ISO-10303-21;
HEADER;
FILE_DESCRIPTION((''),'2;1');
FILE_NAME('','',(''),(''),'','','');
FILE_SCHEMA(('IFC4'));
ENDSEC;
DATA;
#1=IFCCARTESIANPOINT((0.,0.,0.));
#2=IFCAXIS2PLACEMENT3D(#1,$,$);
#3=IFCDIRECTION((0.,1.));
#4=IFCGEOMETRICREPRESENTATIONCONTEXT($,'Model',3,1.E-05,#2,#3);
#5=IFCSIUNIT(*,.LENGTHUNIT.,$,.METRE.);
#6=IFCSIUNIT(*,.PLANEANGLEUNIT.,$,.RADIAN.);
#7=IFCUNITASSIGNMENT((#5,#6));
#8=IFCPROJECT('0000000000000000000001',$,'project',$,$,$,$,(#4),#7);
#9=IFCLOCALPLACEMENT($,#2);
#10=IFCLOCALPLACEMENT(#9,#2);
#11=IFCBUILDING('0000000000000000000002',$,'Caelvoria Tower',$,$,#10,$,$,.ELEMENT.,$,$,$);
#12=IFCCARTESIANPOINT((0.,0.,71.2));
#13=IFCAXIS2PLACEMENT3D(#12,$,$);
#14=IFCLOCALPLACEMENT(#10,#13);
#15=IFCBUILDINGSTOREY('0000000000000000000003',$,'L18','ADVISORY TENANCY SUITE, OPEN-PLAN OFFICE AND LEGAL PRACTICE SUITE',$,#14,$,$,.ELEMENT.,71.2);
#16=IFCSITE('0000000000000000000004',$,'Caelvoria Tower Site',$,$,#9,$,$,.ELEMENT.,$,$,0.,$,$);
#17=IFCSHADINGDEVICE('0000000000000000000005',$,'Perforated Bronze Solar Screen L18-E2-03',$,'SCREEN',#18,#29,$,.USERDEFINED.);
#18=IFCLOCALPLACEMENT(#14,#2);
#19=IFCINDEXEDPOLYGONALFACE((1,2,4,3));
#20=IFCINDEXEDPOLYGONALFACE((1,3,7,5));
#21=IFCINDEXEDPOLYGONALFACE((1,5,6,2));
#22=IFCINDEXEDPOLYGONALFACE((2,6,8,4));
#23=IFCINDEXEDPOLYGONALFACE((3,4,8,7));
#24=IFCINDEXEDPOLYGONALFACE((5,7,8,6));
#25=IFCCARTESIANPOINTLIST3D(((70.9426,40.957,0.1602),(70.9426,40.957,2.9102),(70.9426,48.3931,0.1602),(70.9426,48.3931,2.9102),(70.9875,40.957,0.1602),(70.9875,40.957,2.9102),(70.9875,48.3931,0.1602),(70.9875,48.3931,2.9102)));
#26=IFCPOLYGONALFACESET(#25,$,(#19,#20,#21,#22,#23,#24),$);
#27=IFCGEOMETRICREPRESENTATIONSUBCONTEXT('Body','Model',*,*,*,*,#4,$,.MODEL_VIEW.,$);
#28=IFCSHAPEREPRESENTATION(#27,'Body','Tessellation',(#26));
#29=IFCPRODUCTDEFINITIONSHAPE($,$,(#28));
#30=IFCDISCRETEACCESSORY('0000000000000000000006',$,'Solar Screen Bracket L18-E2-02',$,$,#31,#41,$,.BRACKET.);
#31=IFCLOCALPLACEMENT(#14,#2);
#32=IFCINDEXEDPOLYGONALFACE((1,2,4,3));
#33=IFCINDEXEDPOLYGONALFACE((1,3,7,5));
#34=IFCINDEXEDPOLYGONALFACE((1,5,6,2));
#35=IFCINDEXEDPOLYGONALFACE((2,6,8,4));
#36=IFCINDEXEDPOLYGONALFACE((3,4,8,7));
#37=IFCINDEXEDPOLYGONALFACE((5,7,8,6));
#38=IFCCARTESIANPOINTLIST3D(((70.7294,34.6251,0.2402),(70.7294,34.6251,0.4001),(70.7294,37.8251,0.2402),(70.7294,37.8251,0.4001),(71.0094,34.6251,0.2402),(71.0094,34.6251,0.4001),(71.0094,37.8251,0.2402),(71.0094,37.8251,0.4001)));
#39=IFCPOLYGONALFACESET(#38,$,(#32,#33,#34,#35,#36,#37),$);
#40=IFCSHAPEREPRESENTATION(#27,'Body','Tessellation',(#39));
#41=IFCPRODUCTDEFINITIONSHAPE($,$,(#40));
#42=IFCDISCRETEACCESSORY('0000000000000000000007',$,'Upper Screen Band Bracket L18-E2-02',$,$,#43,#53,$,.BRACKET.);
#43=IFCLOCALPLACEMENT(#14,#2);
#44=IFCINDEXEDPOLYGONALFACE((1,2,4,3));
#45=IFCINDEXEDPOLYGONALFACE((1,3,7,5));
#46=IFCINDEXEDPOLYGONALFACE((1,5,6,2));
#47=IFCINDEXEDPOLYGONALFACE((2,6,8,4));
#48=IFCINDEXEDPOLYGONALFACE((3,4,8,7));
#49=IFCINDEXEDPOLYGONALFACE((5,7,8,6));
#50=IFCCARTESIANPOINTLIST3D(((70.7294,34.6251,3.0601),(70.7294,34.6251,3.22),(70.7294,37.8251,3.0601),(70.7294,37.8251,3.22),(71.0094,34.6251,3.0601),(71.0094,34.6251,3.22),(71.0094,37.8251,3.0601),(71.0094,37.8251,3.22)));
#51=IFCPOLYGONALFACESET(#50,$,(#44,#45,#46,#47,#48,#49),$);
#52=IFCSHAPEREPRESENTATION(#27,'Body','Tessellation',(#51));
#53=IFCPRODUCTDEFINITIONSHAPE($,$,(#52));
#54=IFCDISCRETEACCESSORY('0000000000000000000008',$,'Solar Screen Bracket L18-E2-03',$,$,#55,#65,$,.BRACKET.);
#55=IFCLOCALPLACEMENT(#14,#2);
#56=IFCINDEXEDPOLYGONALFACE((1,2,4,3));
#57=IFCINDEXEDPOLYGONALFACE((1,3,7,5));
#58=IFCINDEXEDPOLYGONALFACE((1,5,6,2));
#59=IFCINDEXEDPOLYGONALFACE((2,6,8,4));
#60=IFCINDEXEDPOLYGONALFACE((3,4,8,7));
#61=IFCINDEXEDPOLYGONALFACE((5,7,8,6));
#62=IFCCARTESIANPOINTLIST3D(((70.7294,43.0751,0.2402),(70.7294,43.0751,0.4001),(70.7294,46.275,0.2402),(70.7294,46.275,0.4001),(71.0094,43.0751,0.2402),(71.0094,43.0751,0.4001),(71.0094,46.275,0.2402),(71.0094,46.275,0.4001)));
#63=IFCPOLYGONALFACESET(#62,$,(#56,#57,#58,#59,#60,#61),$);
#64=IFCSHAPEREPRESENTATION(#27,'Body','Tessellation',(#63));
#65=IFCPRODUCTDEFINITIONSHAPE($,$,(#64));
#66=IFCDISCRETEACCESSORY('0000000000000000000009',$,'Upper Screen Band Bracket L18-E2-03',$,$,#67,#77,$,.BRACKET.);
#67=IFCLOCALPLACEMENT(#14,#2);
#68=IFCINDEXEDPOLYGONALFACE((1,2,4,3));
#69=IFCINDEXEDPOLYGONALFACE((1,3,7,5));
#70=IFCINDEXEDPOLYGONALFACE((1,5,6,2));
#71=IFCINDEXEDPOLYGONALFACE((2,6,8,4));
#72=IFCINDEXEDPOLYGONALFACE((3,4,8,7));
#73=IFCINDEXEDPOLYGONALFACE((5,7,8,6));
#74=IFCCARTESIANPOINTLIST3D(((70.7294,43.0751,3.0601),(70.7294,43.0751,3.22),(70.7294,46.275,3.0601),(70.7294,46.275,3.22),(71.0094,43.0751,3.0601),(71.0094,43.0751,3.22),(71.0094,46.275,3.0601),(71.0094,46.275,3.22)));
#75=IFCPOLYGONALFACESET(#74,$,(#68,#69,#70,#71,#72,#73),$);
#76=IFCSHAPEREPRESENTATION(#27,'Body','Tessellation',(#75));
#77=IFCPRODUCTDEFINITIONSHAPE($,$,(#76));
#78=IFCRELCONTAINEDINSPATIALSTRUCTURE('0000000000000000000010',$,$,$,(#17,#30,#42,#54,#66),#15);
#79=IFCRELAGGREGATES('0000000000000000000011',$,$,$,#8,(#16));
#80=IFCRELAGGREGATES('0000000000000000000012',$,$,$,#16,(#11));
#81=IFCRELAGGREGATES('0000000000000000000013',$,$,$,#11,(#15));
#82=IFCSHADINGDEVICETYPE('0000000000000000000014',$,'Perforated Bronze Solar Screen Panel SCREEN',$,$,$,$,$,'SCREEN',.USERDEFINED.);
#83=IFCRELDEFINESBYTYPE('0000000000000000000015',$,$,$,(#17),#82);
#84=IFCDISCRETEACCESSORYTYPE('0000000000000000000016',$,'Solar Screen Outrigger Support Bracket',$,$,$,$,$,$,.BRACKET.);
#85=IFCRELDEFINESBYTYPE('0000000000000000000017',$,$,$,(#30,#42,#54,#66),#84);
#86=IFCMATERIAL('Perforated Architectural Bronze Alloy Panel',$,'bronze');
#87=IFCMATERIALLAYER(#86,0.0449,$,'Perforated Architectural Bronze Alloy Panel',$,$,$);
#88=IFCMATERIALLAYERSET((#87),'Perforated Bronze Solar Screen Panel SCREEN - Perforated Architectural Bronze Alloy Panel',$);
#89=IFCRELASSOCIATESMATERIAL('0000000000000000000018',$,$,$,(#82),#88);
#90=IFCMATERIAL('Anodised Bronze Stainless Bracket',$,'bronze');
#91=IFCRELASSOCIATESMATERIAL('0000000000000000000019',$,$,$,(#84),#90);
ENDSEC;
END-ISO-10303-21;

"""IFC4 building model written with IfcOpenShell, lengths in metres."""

from ifc_helpers import new_model, si_unit, direction, frame, origin, origin_2d, place, context, subcontext, project, spatial, rectangle, extrude, material, layer, layer_set, type_object, element, save


model = new_model("IFC4")

# Units and contexts
model_context = context("Model", 3, precision=1e-05, world=origin(), true_north=direction((0.0, 1.0)))
body_context = subcontext(model_context, "Body", "Model", "MODEL_VIEW")
ifc_project = project(units=[si_unit("LENGTHUNIT", "METRE"), si_unit("PLANEANGLEUNIT", "RADIAN")], contexts=[model_context])

# Site, building, storey
site_placement = place(None, origin())
site = spatial("IfcSite", under=ifc_project, at=site_placement, Name="Caelvoria Tower Site", CompositionType="ELEMENT", RefElevation=0.0)
building_placement = place(site_placement, origin())
building = spatial("IfcBuilding", under=site, at=building_placement, Name="Caelvoria Tower", CompositionType="ELEMENT")
storey_placement = place(building_placement, frame((0.0, 0.0, 71.2)))
storey = spatial("IfcBuildingStorey", under=building, at=storey_placement, Name="L18", Description="ADVISORY TENANCY SUITE, OPEN-PLAN OFFICE AND LEGAL PRACTICE SUITE", CompositionType="ELEMENT", Elevation=71.2)

# Shading device
ifc_material_1 = material(Name="Perforated Architectural Bronze Alloy Panel", Category="bronze")
ifc_layer_1 = layer(ifc_material_1, 0.0449, Name="Perforated Architectural Bronze Alloy Panel")
ifc_layer_set_1 = layer_set([ifc_layer_1], Name="Perforated Bronze Solar Screen Panel SCREEN - Perforated Architectural Bronze Alloy Panel")
shading_device_type = type_object("IfcShadingDeviceType", Name="Perforated Bronze Solar Screen Panel SCREEN", ElementType="SCREEN", PredefinedType="USERDEFINED", material=ifc_layer_set_1)
for number, where, z_axis, x_axis, name in (
    (1, (70.9651, 44.675, 0.1602), (0.0, 0.0, 1.0), (0.0, 1.0, 0.0), "Perforated Bronze Solar Screen L18-E2-03"),
):
    element("IfcShadingDevice", number, at=place(storey_placement, frame(where, z_axis=z_axis, x_axis=x_axis)), inside=storey, type_object=shading_device_type, Name=name, ObjectType="SCREEN", PredefinedType="USERDEFINED", context=body_context, shape_type="SweptSolid", body=[
        extrude(rectangle(XDim=7.436, YDim=0.0449, at=origin_2d()), origin(), (0.0, 0.0, 1.0), 2.75),
    ])

# Discrete accessories
ifc_material_2 = material(Name="Anodised Bronze Stainless Bracket", Category="bronze")
discrete_accessory_type = type_object("IfcDiscreteAccessoryType", Name="Solar Screen Outrigger Support Bracket", PredefinedType="BRACKET", material=ifc_material_2)
for number, where, z_axis, x_axis, name in (
    (2, (70.8694, 36.2251, 0.2402), (0.0, 0.0, 1.0), (0.0, 1.0, 0.0), "Solar Screen Bracket L18-E2-02"),
    (3, (70.8694, 36.2251, 3.0601), (0.0, 0.0, 1.0), (0.0, 1.0, 0.0), "Upper Screen Band Bracket L18-E2-02"),
    (4, (70.8694, 44.675, 0.2402), (0.0, 0.0, 1.0), (0.0, 1.0, 0.0), "Solar Screen Bracket L18-E2-03"),
    (5, (70.8694, 44.675, 3.0601), (0.0, 0.0, 1.0), (0.0, 1.0, 0.0), "Upper Screen Band Bracket L18-E2-03"),
):
    element("IfcDiscreteAccessory", number, at=place(storey_placement, frame(where, z_axis=z_axis, x_axis=x_axis)), inside=storey, type_object=discrete_accessory_type, Name=name, PredefinedType="BRACKET", context=body_context, shape_type="SweptSolid", body=[
        extrude(rectangle(XDim=3.2, YDim=0.28, at=origin_2d()), origin(), (0.0, 0.0, 1.0), 0.1599),
    ])

save(model, "model.ifc")
